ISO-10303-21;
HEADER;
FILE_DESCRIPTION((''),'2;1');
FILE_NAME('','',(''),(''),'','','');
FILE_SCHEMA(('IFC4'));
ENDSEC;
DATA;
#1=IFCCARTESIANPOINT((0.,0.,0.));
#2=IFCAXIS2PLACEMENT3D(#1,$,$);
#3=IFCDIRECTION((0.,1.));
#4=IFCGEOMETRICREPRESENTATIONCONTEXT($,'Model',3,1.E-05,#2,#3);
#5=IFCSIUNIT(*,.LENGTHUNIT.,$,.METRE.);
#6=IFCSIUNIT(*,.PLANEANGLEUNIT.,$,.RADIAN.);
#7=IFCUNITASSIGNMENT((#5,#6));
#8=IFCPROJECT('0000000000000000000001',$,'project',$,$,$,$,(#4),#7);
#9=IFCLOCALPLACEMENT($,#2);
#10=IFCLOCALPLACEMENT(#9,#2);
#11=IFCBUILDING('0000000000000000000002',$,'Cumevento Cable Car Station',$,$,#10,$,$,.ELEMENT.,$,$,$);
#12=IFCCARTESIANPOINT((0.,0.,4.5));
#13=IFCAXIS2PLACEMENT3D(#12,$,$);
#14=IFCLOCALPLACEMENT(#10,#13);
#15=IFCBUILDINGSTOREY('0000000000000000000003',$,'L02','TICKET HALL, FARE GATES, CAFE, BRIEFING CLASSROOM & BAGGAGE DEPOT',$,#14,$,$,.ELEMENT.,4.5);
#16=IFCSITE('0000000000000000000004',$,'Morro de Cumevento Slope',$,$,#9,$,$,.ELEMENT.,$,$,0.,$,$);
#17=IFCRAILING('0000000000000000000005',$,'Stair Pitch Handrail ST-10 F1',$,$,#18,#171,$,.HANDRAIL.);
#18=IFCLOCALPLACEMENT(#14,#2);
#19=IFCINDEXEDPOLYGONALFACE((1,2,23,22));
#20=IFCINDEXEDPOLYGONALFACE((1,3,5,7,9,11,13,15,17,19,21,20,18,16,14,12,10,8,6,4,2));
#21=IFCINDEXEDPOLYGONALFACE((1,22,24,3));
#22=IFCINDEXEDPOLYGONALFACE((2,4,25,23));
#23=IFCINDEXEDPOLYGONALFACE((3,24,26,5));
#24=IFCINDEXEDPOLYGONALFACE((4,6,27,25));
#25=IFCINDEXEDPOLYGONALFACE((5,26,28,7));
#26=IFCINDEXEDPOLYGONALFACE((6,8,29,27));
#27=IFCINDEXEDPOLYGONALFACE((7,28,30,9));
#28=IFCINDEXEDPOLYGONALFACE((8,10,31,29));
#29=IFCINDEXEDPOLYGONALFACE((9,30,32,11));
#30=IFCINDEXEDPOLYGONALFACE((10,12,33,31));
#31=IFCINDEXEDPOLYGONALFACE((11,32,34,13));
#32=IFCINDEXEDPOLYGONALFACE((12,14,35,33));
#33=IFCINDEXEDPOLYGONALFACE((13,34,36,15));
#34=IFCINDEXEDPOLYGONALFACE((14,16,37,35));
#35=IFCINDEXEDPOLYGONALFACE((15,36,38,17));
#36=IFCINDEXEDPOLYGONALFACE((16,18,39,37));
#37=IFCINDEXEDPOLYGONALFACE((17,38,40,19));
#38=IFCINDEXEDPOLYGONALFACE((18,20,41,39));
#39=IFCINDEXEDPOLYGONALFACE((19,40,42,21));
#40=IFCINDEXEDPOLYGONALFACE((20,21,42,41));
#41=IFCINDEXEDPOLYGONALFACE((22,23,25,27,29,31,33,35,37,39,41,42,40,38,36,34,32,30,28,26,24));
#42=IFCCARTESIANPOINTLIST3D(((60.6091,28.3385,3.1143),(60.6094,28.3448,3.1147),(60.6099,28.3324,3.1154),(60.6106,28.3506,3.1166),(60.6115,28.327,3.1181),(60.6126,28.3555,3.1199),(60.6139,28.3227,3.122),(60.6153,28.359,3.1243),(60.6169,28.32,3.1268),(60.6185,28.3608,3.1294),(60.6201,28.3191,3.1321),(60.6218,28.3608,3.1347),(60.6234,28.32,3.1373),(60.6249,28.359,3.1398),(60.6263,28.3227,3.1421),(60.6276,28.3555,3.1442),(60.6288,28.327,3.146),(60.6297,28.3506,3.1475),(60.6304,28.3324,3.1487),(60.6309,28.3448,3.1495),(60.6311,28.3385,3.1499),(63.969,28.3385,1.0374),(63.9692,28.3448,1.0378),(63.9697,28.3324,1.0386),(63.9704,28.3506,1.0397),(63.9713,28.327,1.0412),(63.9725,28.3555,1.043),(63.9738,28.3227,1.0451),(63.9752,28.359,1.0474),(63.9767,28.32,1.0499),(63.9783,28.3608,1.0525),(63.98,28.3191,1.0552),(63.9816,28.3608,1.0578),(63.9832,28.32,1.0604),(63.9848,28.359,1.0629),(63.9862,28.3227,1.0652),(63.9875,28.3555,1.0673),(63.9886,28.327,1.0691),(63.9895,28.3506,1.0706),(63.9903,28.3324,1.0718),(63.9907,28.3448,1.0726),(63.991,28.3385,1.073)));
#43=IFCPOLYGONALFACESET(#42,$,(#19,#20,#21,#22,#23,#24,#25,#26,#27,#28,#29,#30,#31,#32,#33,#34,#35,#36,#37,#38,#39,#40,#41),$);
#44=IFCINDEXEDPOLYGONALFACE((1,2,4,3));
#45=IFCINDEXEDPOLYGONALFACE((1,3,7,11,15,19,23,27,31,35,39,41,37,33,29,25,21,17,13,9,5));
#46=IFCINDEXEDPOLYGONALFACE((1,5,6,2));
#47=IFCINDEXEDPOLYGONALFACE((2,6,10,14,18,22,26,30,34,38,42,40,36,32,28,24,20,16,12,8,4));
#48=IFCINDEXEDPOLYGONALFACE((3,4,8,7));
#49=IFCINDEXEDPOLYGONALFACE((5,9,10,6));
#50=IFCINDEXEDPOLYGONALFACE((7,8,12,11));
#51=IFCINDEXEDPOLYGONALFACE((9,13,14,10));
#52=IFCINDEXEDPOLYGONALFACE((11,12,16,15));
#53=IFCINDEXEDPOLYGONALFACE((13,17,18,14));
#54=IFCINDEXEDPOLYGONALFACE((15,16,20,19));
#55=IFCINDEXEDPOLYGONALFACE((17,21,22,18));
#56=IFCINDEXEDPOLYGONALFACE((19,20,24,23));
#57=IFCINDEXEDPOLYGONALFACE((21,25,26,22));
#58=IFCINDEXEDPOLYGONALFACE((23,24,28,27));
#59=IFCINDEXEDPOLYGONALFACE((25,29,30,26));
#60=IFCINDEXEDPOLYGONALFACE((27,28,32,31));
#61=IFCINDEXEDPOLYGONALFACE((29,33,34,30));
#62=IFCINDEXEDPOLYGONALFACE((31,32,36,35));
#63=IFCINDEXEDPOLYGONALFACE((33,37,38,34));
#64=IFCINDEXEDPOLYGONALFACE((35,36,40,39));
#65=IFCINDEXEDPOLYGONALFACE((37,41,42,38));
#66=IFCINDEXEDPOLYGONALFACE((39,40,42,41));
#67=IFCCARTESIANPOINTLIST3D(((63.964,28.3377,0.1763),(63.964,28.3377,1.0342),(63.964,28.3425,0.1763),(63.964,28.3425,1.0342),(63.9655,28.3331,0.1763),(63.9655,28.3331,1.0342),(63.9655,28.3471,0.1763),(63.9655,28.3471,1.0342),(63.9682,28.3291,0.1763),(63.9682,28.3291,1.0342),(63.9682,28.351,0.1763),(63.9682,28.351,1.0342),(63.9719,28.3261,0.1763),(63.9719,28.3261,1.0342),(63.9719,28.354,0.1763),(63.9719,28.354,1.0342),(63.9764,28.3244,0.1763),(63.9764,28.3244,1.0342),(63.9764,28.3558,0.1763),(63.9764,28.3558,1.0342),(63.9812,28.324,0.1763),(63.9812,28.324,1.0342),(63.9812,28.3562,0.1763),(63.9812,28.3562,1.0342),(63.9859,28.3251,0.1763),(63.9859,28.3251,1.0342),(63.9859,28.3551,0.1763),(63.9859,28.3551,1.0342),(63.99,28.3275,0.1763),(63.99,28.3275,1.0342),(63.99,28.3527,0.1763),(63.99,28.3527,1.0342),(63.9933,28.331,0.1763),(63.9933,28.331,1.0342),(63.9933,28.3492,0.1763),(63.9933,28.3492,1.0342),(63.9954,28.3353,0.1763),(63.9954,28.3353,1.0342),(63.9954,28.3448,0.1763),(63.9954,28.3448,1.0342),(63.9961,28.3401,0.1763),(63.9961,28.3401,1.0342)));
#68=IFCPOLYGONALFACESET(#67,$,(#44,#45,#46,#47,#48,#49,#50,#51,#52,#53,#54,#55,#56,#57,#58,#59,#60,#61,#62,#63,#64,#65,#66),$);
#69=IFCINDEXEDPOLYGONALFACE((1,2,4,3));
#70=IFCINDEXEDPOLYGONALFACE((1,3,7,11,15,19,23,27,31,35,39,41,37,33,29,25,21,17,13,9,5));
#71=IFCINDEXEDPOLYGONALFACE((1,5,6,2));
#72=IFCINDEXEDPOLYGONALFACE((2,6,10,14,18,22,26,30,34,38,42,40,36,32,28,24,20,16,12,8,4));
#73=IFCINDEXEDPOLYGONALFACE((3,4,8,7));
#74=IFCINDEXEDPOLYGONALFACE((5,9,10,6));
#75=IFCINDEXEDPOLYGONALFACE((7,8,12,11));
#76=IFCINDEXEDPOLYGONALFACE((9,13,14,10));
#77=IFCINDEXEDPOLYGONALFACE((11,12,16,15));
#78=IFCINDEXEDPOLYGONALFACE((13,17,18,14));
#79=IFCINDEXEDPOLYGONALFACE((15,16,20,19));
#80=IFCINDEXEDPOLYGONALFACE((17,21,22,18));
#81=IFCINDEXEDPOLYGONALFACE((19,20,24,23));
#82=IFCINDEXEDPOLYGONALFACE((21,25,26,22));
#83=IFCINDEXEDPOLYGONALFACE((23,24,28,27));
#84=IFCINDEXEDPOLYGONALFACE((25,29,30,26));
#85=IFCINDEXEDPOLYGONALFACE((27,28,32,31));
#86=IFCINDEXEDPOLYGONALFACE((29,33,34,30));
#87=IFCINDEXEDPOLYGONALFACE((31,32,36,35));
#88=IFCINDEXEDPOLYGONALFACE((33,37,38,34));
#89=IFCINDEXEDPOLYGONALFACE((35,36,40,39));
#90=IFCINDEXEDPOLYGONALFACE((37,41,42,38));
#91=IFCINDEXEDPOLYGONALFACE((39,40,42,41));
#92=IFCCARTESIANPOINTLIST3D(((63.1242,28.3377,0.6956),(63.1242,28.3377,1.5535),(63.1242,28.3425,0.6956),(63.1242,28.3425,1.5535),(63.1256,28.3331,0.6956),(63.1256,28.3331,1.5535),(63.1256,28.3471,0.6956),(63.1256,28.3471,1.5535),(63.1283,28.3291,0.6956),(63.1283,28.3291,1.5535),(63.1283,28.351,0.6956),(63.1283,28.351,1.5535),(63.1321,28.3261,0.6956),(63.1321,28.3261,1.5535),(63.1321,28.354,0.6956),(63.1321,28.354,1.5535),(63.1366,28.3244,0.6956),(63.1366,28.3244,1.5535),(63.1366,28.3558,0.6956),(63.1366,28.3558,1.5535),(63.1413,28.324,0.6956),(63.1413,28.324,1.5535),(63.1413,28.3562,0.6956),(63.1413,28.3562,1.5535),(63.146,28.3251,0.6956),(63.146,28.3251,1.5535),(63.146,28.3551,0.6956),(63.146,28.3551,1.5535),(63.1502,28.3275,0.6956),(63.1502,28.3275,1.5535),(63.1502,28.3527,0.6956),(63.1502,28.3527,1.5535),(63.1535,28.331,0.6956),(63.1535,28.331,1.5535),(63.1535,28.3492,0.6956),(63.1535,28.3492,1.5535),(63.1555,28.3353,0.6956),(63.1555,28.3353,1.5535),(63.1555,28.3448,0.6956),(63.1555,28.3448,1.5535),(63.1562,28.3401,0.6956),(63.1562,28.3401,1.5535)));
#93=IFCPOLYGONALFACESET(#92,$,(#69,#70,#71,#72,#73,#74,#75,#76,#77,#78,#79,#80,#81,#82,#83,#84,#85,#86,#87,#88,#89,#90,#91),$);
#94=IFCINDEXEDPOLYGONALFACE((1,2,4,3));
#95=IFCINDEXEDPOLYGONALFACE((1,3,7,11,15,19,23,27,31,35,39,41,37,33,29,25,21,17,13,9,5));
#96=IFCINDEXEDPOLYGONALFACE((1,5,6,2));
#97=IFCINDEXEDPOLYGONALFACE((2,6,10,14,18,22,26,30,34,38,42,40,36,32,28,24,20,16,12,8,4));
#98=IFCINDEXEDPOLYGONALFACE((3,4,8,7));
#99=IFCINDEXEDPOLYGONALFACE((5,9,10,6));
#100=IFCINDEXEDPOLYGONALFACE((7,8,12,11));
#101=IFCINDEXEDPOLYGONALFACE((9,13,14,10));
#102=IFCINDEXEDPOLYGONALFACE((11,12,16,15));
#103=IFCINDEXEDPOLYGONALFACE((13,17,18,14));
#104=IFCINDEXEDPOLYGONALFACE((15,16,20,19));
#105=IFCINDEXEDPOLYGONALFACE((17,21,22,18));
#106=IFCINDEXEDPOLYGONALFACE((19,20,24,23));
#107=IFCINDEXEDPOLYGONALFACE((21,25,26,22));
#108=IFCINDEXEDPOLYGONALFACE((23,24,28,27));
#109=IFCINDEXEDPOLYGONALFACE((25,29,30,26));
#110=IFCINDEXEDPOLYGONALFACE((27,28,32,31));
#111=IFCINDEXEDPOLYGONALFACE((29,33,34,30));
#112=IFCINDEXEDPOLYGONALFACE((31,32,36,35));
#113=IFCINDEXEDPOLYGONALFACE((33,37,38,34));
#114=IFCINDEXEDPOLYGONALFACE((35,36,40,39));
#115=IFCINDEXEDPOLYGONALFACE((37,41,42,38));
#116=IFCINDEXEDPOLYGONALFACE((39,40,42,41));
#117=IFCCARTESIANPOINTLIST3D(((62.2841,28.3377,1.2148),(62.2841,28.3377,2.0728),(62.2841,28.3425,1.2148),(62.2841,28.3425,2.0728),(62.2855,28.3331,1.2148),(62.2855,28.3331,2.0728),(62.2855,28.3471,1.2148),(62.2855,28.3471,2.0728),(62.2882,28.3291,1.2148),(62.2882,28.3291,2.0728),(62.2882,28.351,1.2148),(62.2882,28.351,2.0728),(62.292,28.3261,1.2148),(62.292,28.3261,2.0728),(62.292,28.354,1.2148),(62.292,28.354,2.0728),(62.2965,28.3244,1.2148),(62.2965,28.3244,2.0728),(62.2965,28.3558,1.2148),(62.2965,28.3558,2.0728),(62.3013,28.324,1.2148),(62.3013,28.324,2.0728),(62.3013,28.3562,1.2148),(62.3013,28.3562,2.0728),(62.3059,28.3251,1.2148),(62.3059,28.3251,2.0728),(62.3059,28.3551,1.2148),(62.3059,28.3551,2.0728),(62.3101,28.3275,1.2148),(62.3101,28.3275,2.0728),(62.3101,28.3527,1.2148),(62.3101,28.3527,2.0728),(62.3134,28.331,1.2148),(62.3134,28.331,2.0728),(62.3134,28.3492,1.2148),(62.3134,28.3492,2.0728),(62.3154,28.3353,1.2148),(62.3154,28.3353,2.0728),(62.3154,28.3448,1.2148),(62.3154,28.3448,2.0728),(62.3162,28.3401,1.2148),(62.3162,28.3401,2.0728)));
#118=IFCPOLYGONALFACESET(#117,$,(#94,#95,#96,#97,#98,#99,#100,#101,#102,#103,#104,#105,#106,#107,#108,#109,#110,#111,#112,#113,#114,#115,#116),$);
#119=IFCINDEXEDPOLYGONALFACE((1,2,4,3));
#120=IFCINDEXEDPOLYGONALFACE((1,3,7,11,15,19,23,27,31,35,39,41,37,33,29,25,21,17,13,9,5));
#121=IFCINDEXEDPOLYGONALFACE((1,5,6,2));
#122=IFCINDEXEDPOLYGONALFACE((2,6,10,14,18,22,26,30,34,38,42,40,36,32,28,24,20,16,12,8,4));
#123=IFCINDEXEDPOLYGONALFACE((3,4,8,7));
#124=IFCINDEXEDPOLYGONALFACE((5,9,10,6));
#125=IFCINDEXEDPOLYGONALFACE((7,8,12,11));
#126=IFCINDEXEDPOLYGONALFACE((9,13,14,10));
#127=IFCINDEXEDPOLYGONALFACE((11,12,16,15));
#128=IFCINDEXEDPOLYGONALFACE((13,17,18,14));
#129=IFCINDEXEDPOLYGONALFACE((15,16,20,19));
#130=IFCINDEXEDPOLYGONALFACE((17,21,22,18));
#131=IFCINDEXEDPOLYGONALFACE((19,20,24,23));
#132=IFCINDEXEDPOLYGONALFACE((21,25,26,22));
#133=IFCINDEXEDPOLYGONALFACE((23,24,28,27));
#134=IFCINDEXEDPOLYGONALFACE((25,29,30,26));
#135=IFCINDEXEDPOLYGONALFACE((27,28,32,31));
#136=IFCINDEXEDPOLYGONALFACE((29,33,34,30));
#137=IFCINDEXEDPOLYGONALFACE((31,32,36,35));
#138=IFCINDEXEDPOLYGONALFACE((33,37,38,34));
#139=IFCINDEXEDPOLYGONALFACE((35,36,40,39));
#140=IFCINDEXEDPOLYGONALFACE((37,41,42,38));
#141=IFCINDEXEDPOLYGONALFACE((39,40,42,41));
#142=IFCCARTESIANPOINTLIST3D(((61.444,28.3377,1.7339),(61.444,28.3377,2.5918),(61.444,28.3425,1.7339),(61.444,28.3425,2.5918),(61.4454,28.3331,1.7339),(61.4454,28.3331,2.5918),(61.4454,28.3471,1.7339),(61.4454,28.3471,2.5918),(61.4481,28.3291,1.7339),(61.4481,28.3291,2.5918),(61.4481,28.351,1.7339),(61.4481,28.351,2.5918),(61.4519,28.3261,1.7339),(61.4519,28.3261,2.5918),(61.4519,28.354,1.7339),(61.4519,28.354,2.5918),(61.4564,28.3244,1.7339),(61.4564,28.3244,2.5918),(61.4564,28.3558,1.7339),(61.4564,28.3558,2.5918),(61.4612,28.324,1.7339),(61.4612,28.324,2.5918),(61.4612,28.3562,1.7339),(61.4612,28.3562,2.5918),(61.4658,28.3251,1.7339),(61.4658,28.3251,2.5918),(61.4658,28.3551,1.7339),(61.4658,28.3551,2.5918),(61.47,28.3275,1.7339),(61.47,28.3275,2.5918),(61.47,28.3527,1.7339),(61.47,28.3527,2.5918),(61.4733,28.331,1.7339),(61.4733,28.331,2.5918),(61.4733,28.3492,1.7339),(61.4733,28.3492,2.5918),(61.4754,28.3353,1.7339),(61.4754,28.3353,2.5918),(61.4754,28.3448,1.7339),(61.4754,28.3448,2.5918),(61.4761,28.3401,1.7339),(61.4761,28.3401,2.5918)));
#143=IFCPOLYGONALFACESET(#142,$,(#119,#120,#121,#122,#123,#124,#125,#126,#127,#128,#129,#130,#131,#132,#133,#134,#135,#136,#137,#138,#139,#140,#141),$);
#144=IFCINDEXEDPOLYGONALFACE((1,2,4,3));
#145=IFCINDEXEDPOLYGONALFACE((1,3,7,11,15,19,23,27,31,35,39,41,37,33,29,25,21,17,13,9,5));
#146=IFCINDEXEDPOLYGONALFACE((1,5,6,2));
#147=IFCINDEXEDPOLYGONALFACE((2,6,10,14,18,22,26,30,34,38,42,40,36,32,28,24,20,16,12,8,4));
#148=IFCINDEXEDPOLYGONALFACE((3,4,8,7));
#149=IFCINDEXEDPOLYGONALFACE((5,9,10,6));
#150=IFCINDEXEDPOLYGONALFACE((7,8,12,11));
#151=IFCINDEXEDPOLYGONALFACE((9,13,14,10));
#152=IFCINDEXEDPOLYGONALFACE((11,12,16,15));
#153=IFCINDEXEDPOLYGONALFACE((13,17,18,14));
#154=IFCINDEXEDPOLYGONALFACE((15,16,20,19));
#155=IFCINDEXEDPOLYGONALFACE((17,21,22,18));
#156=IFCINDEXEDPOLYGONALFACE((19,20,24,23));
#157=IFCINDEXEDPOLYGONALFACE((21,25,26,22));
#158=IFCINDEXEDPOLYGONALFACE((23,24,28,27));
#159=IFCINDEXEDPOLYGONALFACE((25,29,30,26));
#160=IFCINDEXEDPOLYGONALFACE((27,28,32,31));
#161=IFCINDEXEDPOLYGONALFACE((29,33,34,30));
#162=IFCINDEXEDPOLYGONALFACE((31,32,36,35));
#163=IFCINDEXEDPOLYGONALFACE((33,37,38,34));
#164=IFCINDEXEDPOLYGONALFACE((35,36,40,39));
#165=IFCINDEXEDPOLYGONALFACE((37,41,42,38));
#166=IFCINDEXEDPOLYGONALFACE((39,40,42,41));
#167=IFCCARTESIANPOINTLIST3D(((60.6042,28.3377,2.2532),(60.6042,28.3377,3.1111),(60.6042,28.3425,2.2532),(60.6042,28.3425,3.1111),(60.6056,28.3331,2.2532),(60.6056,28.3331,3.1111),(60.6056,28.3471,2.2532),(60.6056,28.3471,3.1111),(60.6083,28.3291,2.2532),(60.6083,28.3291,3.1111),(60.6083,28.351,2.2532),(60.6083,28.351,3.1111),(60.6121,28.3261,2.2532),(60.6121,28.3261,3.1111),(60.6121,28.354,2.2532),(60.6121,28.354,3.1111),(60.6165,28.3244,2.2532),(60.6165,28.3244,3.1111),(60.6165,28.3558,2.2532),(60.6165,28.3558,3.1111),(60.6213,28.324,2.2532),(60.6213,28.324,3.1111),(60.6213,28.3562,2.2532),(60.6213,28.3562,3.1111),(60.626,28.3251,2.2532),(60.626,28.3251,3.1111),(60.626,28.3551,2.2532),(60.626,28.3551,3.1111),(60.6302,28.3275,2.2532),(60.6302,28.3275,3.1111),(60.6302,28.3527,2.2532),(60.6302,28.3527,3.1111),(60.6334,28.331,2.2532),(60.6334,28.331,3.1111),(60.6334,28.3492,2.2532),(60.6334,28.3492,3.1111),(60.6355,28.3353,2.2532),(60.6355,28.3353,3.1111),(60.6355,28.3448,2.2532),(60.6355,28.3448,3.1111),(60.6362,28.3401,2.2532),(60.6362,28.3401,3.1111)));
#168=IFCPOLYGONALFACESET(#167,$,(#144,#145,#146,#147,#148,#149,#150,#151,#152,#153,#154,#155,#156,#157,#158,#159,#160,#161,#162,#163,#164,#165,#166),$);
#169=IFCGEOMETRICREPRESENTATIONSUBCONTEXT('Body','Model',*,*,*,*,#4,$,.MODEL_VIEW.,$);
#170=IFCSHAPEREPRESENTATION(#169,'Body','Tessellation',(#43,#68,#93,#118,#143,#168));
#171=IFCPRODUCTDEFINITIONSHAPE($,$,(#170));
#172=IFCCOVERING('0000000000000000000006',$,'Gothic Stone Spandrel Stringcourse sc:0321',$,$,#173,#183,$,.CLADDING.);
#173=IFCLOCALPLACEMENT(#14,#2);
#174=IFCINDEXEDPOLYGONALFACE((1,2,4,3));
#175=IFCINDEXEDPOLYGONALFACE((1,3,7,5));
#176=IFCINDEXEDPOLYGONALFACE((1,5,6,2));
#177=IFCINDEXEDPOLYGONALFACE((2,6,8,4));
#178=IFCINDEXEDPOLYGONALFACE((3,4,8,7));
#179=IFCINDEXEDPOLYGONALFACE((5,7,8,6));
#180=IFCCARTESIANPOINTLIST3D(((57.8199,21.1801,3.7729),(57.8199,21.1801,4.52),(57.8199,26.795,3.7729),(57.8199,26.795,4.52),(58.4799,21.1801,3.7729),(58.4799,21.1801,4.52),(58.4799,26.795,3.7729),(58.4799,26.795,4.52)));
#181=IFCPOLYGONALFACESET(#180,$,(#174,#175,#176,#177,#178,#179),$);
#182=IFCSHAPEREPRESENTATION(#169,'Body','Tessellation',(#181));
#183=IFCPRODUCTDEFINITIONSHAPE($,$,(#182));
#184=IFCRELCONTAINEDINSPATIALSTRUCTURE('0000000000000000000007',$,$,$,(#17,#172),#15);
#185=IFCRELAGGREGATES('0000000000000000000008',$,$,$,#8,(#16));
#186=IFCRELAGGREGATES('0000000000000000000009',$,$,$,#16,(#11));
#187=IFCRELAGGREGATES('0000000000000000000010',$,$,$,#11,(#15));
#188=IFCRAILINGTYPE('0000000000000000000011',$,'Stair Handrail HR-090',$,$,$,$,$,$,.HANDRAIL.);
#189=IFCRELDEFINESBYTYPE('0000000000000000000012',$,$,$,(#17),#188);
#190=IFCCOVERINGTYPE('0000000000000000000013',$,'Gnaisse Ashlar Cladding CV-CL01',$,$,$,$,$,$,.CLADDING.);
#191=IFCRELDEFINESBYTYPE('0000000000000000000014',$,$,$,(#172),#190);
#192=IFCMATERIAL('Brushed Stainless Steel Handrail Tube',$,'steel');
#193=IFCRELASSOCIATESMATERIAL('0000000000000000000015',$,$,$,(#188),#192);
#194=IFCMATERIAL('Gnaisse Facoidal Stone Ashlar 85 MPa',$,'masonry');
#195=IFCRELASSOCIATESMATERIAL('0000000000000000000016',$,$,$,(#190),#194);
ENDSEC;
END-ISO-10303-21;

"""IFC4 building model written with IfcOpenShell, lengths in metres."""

from ifc_helpers import new_model, si_unit, direction, frame, origin, origin_2d, place, context, subcontext, project, spatial, rectangle, circle, extrude, material, type_object, element, save


model = new_model("IFC4")

# Units and contexts
model_context = context("Model", 3, precision=1e-05, world=origin(), true_north=direction((0.0, 1.0)))
body_context = subcontext(model_context, "Body", "Model", "MODEL_VIEW")
ifc_project = project(units=[si_unit("LENGTHUNIT", "METRE"), si_unit("PLANEANGLEUNIT", "RADIAN")], contexts=[model_context])

# Site, building, storey
site_placement = place(None, origin())
site = spatial("IfcSite", under=ifc_project, at=site_placement, Name="Morro de Cumevento Slope", CompositionType="ELEMENT", RefElevation=0.0)
building_placement = place(site_placement, origin())
building = spatial("IfcBuilding", under=site, at=building_placement, Name="Cumevento Cable Car Station", CompositionType="ELEMENT")
storey_placement = place(building_placement, frame((0.0, 0.0, 4.5)))
storey = spatial("IfcBuildingStorey", under=building, at=storey_placement, Name="L02", Description="TICKET HALL, FARE GATES, CAFE, BRIEFING CLASSROOM & BAGGAGE DEPOT", CompositionType="ELEMENT", Elevation=4.5)

# Railing
ifc_material_1 = material(Name="Brushed Stainless Steel Handrail Tube", Category="steel")
railing_type_1 = type_object("IfcRailingType", Name="Stair Handrail HR-090", PredefinedType="HANDRAIL", material=ifc_material_1)
railing_1_placement = place(storey_placement, frame((63.98, 28.3401, 0.1763)))
element("IfcRailing", 1, at=railing_1_placement, inside=storey, type_object=railing_type_1, Name="Stair Pitch Handrail ST-10 F1", PredefinedType="HANDRAIL", context=body_context, shape_type="SweptSolid", body=[
    extrude(circle(Radius=0.021, at=origin_2d()), frame((0.0, 0.0, 0.8789), z_axis=(-0.850606, 0.0, 0.525803), x_axis=(0.0, -1.0, 0.0)), (0.0, 0.0, 1.0), 3.95),
    extrude(circle(Radius=0.0161, at=origin_2d()), origin(), (0.0, 0.0, 1.0), 0.8579),
    extrude(circle(Radius=0.0161, at=origin_2d()), frame((-0.8398, 0.0, 0.5193)), (0.0, 0.0, 1.0), 0.8579),
    extrude(circle(Radius=0.0161, at=origin_2d()), frame((-1.6799, 0.0, 1.0386)), (0.0, 0.0, 1.0), 0.8579),
    extrude(circle(Radius=0.0161, at=origin_2d()), frame((-2.52, 0.0, 1.5576)), (0.0, 0.0, 1.0), 0.8579),
    extrude(circle(Radius=0.0161, at=origin_2d()), frame((-3.3599, 0.0, 2.0769)), (0.0, 0.0, 1.0), 0.8579),
])

# Covering
ifc_material_2 = material(Name="Gnaisse Facoidal Stone Ashlar 85 MPa", Category="masonry")
covering_type = type_object("IfcCoveringType", Name="Gnaisse Ashlar Cladding CV-CL01", PredefinedType="CLADDING", material=ifc_material_2)
covering_1_placement = place(storey_placement, frame((58.1499, 23.9875, 3.7729), z_axis=(0.0, 0.0, 1.0), x_axis=(0.0, 1.0, 0.0)))
element("IfcCovering", 2, at=covering_1_placement, inside=storey, type_object=covering_type, Name="Gothic Stone Spandrel Stringcourse sc:0321", PredefinedType="CLADDING", context=body_context, shape_type="SweptSolid", body=[
    extrude(rectangle(XDim=5.615, YDim=0.6599, at=origin_2d()), origin(), (0.0, 0.0, 1.0), 0.7471),
])

save(model, "model.ifc")
